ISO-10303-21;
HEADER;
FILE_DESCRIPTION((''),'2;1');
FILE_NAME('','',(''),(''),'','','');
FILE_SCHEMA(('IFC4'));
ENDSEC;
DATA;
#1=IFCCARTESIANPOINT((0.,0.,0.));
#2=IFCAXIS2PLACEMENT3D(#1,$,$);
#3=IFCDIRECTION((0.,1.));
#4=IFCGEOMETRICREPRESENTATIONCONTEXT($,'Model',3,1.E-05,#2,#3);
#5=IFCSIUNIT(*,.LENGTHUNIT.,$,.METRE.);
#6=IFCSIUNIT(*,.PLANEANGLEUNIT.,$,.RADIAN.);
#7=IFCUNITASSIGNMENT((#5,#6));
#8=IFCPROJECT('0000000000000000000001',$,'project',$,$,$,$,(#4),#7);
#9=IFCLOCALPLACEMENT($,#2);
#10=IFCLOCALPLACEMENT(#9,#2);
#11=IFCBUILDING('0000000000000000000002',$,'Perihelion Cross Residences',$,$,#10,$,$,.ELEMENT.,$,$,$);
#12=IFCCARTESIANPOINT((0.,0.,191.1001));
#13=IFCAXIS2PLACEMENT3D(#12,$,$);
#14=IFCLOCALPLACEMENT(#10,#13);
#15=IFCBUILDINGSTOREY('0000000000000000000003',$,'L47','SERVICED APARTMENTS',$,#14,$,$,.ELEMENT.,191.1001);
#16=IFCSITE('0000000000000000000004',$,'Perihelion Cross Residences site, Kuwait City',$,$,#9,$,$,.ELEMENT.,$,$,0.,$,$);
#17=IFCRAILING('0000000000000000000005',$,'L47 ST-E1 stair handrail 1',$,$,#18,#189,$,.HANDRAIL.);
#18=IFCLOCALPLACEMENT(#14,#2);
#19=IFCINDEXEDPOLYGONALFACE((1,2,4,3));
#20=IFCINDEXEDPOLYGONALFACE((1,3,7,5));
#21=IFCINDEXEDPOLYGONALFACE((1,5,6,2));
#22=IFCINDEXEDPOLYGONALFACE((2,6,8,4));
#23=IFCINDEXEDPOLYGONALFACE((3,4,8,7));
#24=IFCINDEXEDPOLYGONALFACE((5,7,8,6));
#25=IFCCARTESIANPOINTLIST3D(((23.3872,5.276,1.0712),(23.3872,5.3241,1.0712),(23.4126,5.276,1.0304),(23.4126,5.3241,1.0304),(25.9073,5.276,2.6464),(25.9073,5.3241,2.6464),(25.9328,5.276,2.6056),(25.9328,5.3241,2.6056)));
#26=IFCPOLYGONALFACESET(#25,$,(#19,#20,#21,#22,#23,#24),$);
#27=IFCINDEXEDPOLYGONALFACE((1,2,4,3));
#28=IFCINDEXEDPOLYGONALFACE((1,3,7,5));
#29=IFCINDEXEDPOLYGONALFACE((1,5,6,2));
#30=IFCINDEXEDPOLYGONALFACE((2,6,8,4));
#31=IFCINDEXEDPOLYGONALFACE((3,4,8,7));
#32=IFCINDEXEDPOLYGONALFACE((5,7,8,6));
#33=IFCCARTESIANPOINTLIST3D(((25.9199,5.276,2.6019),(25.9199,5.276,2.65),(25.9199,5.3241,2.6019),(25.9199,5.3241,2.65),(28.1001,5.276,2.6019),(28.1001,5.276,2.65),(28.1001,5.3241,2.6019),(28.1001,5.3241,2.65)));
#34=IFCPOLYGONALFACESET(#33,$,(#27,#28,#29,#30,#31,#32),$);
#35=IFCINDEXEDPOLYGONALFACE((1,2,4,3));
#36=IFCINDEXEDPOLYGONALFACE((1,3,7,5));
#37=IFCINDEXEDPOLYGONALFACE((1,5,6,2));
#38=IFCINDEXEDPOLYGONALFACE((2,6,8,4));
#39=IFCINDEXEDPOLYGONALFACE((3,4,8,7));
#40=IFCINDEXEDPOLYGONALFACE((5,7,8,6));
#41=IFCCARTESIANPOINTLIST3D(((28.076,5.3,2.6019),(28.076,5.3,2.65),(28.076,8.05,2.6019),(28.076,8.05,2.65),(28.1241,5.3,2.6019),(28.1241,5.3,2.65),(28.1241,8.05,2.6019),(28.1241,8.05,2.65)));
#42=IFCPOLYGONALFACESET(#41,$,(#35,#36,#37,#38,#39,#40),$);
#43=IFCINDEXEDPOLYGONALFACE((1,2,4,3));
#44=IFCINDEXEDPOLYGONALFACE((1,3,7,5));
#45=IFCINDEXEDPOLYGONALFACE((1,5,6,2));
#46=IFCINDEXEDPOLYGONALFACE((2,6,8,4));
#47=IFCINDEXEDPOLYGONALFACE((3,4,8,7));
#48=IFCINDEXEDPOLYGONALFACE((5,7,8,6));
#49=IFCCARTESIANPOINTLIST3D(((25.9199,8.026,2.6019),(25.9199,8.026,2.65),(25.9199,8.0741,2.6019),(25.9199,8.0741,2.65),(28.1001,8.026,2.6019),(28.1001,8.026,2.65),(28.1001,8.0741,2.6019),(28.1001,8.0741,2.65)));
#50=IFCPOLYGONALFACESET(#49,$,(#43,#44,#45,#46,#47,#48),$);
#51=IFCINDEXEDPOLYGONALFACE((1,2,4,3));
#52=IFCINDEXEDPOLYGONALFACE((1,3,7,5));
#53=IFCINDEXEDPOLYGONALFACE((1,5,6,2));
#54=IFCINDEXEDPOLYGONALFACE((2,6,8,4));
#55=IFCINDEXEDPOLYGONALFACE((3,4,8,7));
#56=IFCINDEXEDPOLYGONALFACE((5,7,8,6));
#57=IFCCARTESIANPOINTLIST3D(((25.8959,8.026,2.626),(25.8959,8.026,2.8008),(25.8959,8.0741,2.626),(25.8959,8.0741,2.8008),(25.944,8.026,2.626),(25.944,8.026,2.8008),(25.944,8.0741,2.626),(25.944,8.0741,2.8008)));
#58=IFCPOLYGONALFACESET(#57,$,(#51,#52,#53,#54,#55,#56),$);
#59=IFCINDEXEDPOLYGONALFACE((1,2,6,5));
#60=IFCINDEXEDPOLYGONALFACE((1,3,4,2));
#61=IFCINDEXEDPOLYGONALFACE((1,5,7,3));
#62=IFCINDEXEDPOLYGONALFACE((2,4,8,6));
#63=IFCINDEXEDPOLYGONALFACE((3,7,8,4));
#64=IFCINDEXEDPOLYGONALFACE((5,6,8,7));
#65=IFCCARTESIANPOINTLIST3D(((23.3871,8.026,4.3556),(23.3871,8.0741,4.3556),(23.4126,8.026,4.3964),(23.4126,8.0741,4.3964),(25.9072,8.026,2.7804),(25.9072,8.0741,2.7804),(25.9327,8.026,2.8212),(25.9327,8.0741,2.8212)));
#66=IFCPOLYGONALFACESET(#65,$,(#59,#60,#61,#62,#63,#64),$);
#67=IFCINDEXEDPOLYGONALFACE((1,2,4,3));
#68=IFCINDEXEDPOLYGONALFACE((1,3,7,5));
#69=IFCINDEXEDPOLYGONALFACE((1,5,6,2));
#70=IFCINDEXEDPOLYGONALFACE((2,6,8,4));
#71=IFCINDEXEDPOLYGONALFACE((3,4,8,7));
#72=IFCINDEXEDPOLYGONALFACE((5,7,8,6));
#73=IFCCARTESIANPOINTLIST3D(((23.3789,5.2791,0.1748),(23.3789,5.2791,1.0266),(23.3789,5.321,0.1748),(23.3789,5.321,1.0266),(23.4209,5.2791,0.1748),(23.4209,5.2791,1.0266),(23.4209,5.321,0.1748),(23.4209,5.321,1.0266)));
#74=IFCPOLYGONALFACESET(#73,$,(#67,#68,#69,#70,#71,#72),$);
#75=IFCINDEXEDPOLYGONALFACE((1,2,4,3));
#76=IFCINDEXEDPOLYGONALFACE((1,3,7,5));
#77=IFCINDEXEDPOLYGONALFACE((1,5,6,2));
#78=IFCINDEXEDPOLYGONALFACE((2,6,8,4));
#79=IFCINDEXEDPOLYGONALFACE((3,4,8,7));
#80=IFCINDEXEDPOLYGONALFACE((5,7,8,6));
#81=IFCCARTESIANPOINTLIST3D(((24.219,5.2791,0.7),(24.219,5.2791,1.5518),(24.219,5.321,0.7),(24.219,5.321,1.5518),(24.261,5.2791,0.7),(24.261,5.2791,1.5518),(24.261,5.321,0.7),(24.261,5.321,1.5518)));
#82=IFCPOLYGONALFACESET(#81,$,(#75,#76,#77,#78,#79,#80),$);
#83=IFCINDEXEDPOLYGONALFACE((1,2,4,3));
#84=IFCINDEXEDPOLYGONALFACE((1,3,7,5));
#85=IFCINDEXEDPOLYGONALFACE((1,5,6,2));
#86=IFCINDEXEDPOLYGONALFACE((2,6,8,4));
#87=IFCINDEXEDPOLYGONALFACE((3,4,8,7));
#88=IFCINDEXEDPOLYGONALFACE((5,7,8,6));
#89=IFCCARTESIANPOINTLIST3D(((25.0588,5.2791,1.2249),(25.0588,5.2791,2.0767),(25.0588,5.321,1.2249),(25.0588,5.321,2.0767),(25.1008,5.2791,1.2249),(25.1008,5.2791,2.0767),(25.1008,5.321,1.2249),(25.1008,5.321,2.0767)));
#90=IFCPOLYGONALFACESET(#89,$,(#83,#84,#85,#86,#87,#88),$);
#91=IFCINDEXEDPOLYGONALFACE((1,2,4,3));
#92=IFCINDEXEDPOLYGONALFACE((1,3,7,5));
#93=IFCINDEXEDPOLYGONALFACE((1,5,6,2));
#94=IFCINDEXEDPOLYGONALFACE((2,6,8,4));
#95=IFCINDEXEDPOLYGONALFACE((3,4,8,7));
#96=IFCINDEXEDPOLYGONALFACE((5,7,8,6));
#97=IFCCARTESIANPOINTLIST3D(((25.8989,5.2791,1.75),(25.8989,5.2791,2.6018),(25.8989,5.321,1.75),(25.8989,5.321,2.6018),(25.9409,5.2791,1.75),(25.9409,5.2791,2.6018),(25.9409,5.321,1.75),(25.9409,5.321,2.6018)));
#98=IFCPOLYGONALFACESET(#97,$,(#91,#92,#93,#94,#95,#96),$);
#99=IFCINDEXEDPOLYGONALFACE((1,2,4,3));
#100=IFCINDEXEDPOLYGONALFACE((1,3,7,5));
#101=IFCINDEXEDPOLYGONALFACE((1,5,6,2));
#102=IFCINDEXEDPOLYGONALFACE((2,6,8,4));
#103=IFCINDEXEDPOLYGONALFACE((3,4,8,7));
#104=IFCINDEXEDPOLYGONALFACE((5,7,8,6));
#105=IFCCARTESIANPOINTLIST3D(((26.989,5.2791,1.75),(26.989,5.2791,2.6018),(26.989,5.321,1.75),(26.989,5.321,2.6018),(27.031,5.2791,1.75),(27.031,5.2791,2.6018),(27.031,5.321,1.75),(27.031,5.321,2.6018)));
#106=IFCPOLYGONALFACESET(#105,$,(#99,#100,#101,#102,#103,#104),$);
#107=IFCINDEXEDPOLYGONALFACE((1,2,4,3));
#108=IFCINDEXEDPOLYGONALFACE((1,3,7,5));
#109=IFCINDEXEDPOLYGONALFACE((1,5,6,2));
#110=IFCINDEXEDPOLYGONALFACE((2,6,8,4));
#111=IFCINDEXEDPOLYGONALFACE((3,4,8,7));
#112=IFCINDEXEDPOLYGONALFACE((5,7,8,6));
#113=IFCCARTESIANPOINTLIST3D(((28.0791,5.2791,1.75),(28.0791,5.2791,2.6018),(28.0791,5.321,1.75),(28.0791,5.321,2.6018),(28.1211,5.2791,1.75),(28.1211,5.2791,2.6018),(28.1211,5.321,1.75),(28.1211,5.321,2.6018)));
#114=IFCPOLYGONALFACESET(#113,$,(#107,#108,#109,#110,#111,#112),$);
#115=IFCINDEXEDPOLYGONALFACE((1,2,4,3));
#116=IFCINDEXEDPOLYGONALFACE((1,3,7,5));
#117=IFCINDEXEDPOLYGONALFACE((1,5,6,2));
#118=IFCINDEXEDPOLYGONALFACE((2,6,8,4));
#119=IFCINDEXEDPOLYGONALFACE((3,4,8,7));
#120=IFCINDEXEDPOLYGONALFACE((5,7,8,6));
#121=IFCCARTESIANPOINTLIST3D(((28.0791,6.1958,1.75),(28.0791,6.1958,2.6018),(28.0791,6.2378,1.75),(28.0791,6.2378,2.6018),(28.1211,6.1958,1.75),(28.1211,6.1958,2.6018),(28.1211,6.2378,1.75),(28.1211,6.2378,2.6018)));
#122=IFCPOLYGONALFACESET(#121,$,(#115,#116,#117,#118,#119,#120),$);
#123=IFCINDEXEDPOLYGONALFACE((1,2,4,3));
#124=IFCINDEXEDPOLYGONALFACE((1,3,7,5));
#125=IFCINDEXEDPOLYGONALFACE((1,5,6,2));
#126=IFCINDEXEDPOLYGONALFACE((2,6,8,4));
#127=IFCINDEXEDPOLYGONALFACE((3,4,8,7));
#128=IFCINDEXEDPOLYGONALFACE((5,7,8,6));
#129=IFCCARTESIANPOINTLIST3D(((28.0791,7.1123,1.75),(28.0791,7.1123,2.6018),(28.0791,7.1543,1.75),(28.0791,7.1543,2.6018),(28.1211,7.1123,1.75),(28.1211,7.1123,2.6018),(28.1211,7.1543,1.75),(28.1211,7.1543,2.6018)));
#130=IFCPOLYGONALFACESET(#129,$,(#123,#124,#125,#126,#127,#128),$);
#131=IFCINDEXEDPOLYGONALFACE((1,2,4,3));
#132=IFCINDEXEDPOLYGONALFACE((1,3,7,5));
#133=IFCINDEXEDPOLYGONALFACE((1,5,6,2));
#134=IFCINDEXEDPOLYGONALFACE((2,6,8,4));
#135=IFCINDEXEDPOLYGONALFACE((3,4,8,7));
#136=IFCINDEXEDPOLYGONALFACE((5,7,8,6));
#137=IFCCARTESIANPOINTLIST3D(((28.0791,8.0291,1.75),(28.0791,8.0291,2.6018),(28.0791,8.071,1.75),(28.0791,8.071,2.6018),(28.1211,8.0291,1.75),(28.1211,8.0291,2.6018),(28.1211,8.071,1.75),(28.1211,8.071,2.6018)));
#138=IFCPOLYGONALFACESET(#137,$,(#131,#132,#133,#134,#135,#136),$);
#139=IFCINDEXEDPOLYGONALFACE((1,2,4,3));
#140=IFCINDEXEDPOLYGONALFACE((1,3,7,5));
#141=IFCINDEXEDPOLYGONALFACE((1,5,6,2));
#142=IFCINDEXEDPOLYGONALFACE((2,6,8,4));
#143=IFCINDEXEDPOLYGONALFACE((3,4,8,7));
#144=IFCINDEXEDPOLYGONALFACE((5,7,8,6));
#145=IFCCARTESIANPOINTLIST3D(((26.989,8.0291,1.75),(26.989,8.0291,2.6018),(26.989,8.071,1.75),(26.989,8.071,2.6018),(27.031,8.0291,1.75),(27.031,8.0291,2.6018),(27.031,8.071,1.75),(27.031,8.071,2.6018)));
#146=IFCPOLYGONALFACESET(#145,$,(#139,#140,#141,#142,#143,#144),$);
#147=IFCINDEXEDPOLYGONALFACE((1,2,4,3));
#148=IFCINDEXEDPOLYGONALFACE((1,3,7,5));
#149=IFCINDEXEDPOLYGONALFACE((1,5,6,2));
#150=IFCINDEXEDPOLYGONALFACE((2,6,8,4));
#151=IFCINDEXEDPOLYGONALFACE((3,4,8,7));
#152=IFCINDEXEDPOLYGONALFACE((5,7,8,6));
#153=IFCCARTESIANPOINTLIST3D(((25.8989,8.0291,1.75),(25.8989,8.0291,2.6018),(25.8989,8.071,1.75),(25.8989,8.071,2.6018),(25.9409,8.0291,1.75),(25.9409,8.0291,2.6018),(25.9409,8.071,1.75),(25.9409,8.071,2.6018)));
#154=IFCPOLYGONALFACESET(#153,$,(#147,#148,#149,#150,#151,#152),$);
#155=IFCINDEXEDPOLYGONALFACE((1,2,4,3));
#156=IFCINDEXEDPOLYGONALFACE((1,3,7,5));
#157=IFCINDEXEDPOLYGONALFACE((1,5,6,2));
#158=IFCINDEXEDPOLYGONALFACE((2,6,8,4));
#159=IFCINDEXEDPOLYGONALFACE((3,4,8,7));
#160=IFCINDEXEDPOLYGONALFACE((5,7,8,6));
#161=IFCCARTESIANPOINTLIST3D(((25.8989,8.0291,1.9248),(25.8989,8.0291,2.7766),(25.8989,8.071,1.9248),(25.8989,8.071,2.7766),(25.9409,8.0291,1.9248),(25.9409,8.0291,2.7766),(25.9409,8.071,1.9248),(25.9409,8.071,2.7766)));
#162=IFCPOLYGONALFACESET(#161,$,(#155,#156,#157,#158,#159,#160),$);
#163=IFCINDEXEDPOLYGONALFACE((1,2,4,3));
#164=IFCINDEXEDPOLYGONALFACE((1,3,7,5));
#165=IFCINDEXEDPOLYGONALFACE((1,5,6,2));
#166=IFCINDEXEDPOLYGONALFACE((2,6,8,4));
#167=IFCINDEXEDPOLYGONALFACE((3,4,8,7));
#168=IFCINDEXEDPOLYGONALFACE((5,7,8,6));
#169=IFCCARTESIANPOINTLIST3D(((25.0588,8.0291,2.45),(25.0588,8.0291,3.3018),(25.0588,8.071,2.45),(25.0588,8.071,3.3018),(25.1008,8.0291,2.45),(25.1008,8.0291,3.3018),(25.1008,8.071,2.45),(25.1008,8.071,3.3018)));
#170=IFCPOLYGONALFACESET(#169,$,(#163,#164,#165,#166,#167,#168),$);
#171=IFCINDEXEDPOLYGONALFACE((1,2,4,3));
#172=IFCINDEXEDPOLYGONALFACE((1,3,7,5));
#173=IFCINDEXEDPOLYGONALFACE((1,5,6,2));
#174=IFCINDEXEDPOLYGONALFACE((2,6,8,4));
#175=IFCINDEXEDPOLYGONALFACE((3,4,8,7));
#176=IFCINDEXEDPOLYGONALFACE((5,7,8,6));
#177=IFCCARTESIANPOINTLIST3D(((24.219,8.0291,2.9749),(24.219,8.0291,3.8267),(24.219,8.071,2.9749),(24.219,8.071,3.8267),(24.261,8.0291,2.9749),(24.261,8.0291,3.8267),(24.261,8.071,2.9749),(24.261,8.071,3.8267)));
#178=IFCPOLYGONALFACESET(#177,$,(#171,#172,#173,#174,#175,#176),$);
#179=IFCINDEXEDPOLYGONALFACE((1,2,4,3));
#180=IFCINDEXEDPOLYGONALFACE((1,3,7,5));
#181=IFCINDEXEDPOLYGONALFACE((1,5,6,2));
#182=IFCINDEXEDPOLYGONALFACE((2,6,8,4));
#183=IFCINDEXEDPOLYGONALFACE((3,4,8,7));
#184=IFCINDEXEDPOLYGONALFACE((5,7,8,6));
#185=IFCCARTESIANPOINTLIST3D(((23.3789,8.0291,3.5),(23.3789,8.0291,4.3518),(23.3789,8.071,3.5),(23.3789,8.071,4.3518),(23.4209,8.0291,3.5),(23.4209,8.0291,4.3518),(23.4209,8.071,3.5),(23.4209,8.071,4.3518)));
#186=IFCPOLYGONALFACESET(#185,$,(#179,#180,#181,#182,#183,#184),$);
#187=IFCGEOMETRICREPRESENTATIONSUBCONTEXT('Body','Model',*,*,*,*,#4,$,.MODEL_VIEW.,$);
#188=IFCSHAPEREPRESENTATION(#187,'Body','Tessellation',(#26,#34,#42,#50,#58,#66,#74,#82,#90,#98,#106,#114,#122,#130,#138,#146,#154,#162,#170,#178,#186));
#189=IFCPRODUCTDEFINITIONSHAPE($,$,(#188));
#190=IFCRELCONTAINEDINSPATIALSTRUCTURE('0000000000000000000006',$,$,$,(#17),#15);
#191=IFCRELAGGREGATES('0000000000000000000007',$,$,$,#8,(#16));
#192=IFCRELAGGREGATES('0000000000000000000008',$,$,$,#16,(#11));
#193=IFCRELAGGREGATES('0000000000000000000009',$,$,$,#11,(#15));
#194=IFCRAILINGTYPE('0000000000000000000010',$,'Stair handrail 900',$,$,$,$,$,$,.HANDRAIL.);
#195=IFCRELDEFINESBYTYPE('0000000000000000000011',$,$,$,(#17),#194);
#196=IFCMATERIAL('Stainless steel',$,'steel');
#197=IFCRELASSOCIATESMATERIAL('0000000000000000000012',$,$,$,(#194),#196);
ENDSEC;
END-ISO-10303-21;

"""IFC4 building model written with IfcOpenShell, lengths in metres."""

from ifc_helpers import new_model, si_unit, direction, frame, origin, origin_2d, place, context, subcontext, project, spatial, rectangle, extrude, material, type_object, element, save


model = new_model("IFC4")

# Units and contexts
model_context = context("Model", 3, precision=1e-05, world=origin(), true_north=direction((0.0, 1.0)))
body_context = subcontext(model_context, "Body", "Model", "MODEL_VIEW")
ifc_project = project(units=[si_unit("LENGTHUNIT", "METRE"), si_unit("PLANEANGLEUNIT", "RADIAN")], contexts=[model_context])

# Site, building, storey
site_placement = place(None, origin())
site = spatial("IfcSite", under=ifc_project, at=site_placement, Name="Perihelion Cross Residences site, Kuwait City", CompositionType="ELEMENT", RefElevation=0.0)
building_placement = place(site_placement, origin())
building = spatial("IfcBuilding", under=site, at=building_placement, Name="Perihelion Cross Residences", CompositionType="ELEMENT")
storey_placement = place(building_placement, frame((0.0, 0.0, 191.1001)))
storey = spatial("IfcBuildingStorey", under=building, at=storey_placement, Name="L47", Description="SERVICED APARTMENTS", CompositionType="ELEMENT", Elevation=191.1001)

# Railing
ifc_material_1 = material(Name="Stainless steel", Category="steel")
railing_type_1 = type_object("IfcRailingType", Name="Stair handrail 900", PredefinedType="HANDRAIL", material=ifc_material_1)
railing_1_placement = place(storey_placement, frame((23.3999, 5.3, 0.1748)))
element("IfcRailing", 1, at=railing_1_placement, inside=storey, type_object=railing_type_1, Name="L47 ST-E1 stair handrail 1", PredefinedType="HANDRAIL", context=body_context, shape_type="SweptSolid", body=[
    extrude(rectangle(XDim=0.0481, YDim=0.0481, at=origin_2d()), frame((0.0, 0.0, 0.876), z_axis=(0.847971, 0.0, 0.530043), x_axis=(0.0, 1.0, 0.0)), (0.0, 0.0, 1.0), 2.9719),
    extrude(rectangle(XDim=0.0481, YDim=0.0481, at=origin_2d()), frame((2.52, 0.0, 2.4512), z_axis=(1.0, 0.0, 0.0), x_axis=(0.0, 1.0, 0.0)), (0.0, 0.0, 1.0), 2.1802),
    extrude(rectangle(XDim=0.0481, YDim=0.0481, at=origin_2d()), frame((4.7002, 0.0, 2.4512), z_axis=(0.0, 1.0, 0.0), x_axis=(-1.0, 0.0, 0.0)), (0.0, 0.0, 1.0), 2.75),
    extrude(rectangle(XDim=0.0481, YDim=0.0481, at=origin_2d()), frame((4.7002, 2.75, 2.4512), z_axis=(-1.0, 0.0, 0.0), x_axis=(0.0, -1.0, 0.0)), (0.0, 0.0, 1.0), 2.1802),
    extrude(rectangle(XDim=0.0481, YDim=0.0481, at=origin_2d()), frame((2.52, 2.75, 2.4512), z_axis=(0.0, 0.0, 1.0), x_axis=(1.0, 0.0, 0.0)), (0.0, 0.0, 1.0), 0.1748),
    extrude(rectangle(XDim=0.0481, YDim=0.0481, at=origin_2d()), frame((2.52, 2.75, 2.626), z_axis=(-0.847971, 0.0, 0.530043), x_axis=(0.0, -1.0, 0.0)), (0.0, 0.0, 1.0), 2.9719),
    extrude(rectangle(XDim=0.042, YDim=0.042, at=origin_2d()), origin(), (0.0, 0.0, 1.0), 0.8518),
    extrude(rectangle(XDim=0.042, YDim=0.042, at=origin_2d()), frame((0.8401, 0.0, 0.5251)), (0.0, 0.0, 1.0), 0.8518),
    extrude(rectangle(XDim=0.042, YDim=0.042, at=origin_2d()), frame((1.6799, 0.0, 1.05)), (0.0, 0.0, 1.0), 0.8518),
    extrude(rectangle(XDim=0.042, YDim=0.042, at=origin_2d()), frame((2.52, 0.0, 1.5752)), (0.0, 0.0, 1.0), 0.8518),
    extrude(rectangle(XDim=0.042, YDim=0.042, at=origin_2d()), frame((3.6101, 0.0, 1.5752)), (0.0, 0.0, 1.0), 0.8518),
    extrude(rectangle(XDim=0.042, YDim=0.042, at=origin_2d()), frame((4.7002, 0.0, 1.5752)), (0.0, 0.0, 1.0), 0.8518),
    extrude(rectangle(XDim=0.042, YDim=0.042, at=origin_2d()), frame((4.7002, 0.9167, 1.5752)), (0.0, 0.0, 1.0), 0.8518),
    extrude(rectangle(XDim=0.042, YDim=0.042, at=origin_2d()), frame((4.7002, 1.8333, 1.5752)), (0.0, 0.0, 1.0), 0.8518),
    extrude(rectangle(XDim=0.042, YDim=0.042, at=origin_2d()), frame((4.7002, 2.75, 1.5752)), (0.0, 0.0, 1.0), 0.8518),
    extrude(rectangle(XDim=0.042, YDim=0.042, at=origin_2d()), frame((3.6101, 2.75, 1.5752)), (0.0, 0.0, 1.0), 0.8518),
    extrude(rectangle(XDim=0.042, YDim=0.042, at=origin_2d()), frame((2.52, 2.75, 1.5752)), (0.0, 0.0, 1.0), 0.8518),
    extrude(rectangle(XDim=0.042, YDim=0.042, at=origin_2d()), frame((2.52, 2.75, 1.75)), (0.0, 0.0, 1.0), 0.8518),
    extrude(rectangle(XDim=0.042, YDim=0.042, at=origin_2d()), frame((1.6799, 2.75, 2.2751)), (0.0, 0.0, 1.0), 0.8518),
    extrude(rectangle(XDim=0.042, YDim=0.042, at=origin_2d()), frame((0.8401, 2.75, 2.8)), (0.0, 0.0, 1.0), 0.8518),
    extrude(rectangle(XDim=0.042, YDim=0.042, at=origin_2d()), frame((0.0, 2.75, 3.3252)), (0.0, 0.0, 1.0), 0.8518),
])

save(model, "model.ifc")
